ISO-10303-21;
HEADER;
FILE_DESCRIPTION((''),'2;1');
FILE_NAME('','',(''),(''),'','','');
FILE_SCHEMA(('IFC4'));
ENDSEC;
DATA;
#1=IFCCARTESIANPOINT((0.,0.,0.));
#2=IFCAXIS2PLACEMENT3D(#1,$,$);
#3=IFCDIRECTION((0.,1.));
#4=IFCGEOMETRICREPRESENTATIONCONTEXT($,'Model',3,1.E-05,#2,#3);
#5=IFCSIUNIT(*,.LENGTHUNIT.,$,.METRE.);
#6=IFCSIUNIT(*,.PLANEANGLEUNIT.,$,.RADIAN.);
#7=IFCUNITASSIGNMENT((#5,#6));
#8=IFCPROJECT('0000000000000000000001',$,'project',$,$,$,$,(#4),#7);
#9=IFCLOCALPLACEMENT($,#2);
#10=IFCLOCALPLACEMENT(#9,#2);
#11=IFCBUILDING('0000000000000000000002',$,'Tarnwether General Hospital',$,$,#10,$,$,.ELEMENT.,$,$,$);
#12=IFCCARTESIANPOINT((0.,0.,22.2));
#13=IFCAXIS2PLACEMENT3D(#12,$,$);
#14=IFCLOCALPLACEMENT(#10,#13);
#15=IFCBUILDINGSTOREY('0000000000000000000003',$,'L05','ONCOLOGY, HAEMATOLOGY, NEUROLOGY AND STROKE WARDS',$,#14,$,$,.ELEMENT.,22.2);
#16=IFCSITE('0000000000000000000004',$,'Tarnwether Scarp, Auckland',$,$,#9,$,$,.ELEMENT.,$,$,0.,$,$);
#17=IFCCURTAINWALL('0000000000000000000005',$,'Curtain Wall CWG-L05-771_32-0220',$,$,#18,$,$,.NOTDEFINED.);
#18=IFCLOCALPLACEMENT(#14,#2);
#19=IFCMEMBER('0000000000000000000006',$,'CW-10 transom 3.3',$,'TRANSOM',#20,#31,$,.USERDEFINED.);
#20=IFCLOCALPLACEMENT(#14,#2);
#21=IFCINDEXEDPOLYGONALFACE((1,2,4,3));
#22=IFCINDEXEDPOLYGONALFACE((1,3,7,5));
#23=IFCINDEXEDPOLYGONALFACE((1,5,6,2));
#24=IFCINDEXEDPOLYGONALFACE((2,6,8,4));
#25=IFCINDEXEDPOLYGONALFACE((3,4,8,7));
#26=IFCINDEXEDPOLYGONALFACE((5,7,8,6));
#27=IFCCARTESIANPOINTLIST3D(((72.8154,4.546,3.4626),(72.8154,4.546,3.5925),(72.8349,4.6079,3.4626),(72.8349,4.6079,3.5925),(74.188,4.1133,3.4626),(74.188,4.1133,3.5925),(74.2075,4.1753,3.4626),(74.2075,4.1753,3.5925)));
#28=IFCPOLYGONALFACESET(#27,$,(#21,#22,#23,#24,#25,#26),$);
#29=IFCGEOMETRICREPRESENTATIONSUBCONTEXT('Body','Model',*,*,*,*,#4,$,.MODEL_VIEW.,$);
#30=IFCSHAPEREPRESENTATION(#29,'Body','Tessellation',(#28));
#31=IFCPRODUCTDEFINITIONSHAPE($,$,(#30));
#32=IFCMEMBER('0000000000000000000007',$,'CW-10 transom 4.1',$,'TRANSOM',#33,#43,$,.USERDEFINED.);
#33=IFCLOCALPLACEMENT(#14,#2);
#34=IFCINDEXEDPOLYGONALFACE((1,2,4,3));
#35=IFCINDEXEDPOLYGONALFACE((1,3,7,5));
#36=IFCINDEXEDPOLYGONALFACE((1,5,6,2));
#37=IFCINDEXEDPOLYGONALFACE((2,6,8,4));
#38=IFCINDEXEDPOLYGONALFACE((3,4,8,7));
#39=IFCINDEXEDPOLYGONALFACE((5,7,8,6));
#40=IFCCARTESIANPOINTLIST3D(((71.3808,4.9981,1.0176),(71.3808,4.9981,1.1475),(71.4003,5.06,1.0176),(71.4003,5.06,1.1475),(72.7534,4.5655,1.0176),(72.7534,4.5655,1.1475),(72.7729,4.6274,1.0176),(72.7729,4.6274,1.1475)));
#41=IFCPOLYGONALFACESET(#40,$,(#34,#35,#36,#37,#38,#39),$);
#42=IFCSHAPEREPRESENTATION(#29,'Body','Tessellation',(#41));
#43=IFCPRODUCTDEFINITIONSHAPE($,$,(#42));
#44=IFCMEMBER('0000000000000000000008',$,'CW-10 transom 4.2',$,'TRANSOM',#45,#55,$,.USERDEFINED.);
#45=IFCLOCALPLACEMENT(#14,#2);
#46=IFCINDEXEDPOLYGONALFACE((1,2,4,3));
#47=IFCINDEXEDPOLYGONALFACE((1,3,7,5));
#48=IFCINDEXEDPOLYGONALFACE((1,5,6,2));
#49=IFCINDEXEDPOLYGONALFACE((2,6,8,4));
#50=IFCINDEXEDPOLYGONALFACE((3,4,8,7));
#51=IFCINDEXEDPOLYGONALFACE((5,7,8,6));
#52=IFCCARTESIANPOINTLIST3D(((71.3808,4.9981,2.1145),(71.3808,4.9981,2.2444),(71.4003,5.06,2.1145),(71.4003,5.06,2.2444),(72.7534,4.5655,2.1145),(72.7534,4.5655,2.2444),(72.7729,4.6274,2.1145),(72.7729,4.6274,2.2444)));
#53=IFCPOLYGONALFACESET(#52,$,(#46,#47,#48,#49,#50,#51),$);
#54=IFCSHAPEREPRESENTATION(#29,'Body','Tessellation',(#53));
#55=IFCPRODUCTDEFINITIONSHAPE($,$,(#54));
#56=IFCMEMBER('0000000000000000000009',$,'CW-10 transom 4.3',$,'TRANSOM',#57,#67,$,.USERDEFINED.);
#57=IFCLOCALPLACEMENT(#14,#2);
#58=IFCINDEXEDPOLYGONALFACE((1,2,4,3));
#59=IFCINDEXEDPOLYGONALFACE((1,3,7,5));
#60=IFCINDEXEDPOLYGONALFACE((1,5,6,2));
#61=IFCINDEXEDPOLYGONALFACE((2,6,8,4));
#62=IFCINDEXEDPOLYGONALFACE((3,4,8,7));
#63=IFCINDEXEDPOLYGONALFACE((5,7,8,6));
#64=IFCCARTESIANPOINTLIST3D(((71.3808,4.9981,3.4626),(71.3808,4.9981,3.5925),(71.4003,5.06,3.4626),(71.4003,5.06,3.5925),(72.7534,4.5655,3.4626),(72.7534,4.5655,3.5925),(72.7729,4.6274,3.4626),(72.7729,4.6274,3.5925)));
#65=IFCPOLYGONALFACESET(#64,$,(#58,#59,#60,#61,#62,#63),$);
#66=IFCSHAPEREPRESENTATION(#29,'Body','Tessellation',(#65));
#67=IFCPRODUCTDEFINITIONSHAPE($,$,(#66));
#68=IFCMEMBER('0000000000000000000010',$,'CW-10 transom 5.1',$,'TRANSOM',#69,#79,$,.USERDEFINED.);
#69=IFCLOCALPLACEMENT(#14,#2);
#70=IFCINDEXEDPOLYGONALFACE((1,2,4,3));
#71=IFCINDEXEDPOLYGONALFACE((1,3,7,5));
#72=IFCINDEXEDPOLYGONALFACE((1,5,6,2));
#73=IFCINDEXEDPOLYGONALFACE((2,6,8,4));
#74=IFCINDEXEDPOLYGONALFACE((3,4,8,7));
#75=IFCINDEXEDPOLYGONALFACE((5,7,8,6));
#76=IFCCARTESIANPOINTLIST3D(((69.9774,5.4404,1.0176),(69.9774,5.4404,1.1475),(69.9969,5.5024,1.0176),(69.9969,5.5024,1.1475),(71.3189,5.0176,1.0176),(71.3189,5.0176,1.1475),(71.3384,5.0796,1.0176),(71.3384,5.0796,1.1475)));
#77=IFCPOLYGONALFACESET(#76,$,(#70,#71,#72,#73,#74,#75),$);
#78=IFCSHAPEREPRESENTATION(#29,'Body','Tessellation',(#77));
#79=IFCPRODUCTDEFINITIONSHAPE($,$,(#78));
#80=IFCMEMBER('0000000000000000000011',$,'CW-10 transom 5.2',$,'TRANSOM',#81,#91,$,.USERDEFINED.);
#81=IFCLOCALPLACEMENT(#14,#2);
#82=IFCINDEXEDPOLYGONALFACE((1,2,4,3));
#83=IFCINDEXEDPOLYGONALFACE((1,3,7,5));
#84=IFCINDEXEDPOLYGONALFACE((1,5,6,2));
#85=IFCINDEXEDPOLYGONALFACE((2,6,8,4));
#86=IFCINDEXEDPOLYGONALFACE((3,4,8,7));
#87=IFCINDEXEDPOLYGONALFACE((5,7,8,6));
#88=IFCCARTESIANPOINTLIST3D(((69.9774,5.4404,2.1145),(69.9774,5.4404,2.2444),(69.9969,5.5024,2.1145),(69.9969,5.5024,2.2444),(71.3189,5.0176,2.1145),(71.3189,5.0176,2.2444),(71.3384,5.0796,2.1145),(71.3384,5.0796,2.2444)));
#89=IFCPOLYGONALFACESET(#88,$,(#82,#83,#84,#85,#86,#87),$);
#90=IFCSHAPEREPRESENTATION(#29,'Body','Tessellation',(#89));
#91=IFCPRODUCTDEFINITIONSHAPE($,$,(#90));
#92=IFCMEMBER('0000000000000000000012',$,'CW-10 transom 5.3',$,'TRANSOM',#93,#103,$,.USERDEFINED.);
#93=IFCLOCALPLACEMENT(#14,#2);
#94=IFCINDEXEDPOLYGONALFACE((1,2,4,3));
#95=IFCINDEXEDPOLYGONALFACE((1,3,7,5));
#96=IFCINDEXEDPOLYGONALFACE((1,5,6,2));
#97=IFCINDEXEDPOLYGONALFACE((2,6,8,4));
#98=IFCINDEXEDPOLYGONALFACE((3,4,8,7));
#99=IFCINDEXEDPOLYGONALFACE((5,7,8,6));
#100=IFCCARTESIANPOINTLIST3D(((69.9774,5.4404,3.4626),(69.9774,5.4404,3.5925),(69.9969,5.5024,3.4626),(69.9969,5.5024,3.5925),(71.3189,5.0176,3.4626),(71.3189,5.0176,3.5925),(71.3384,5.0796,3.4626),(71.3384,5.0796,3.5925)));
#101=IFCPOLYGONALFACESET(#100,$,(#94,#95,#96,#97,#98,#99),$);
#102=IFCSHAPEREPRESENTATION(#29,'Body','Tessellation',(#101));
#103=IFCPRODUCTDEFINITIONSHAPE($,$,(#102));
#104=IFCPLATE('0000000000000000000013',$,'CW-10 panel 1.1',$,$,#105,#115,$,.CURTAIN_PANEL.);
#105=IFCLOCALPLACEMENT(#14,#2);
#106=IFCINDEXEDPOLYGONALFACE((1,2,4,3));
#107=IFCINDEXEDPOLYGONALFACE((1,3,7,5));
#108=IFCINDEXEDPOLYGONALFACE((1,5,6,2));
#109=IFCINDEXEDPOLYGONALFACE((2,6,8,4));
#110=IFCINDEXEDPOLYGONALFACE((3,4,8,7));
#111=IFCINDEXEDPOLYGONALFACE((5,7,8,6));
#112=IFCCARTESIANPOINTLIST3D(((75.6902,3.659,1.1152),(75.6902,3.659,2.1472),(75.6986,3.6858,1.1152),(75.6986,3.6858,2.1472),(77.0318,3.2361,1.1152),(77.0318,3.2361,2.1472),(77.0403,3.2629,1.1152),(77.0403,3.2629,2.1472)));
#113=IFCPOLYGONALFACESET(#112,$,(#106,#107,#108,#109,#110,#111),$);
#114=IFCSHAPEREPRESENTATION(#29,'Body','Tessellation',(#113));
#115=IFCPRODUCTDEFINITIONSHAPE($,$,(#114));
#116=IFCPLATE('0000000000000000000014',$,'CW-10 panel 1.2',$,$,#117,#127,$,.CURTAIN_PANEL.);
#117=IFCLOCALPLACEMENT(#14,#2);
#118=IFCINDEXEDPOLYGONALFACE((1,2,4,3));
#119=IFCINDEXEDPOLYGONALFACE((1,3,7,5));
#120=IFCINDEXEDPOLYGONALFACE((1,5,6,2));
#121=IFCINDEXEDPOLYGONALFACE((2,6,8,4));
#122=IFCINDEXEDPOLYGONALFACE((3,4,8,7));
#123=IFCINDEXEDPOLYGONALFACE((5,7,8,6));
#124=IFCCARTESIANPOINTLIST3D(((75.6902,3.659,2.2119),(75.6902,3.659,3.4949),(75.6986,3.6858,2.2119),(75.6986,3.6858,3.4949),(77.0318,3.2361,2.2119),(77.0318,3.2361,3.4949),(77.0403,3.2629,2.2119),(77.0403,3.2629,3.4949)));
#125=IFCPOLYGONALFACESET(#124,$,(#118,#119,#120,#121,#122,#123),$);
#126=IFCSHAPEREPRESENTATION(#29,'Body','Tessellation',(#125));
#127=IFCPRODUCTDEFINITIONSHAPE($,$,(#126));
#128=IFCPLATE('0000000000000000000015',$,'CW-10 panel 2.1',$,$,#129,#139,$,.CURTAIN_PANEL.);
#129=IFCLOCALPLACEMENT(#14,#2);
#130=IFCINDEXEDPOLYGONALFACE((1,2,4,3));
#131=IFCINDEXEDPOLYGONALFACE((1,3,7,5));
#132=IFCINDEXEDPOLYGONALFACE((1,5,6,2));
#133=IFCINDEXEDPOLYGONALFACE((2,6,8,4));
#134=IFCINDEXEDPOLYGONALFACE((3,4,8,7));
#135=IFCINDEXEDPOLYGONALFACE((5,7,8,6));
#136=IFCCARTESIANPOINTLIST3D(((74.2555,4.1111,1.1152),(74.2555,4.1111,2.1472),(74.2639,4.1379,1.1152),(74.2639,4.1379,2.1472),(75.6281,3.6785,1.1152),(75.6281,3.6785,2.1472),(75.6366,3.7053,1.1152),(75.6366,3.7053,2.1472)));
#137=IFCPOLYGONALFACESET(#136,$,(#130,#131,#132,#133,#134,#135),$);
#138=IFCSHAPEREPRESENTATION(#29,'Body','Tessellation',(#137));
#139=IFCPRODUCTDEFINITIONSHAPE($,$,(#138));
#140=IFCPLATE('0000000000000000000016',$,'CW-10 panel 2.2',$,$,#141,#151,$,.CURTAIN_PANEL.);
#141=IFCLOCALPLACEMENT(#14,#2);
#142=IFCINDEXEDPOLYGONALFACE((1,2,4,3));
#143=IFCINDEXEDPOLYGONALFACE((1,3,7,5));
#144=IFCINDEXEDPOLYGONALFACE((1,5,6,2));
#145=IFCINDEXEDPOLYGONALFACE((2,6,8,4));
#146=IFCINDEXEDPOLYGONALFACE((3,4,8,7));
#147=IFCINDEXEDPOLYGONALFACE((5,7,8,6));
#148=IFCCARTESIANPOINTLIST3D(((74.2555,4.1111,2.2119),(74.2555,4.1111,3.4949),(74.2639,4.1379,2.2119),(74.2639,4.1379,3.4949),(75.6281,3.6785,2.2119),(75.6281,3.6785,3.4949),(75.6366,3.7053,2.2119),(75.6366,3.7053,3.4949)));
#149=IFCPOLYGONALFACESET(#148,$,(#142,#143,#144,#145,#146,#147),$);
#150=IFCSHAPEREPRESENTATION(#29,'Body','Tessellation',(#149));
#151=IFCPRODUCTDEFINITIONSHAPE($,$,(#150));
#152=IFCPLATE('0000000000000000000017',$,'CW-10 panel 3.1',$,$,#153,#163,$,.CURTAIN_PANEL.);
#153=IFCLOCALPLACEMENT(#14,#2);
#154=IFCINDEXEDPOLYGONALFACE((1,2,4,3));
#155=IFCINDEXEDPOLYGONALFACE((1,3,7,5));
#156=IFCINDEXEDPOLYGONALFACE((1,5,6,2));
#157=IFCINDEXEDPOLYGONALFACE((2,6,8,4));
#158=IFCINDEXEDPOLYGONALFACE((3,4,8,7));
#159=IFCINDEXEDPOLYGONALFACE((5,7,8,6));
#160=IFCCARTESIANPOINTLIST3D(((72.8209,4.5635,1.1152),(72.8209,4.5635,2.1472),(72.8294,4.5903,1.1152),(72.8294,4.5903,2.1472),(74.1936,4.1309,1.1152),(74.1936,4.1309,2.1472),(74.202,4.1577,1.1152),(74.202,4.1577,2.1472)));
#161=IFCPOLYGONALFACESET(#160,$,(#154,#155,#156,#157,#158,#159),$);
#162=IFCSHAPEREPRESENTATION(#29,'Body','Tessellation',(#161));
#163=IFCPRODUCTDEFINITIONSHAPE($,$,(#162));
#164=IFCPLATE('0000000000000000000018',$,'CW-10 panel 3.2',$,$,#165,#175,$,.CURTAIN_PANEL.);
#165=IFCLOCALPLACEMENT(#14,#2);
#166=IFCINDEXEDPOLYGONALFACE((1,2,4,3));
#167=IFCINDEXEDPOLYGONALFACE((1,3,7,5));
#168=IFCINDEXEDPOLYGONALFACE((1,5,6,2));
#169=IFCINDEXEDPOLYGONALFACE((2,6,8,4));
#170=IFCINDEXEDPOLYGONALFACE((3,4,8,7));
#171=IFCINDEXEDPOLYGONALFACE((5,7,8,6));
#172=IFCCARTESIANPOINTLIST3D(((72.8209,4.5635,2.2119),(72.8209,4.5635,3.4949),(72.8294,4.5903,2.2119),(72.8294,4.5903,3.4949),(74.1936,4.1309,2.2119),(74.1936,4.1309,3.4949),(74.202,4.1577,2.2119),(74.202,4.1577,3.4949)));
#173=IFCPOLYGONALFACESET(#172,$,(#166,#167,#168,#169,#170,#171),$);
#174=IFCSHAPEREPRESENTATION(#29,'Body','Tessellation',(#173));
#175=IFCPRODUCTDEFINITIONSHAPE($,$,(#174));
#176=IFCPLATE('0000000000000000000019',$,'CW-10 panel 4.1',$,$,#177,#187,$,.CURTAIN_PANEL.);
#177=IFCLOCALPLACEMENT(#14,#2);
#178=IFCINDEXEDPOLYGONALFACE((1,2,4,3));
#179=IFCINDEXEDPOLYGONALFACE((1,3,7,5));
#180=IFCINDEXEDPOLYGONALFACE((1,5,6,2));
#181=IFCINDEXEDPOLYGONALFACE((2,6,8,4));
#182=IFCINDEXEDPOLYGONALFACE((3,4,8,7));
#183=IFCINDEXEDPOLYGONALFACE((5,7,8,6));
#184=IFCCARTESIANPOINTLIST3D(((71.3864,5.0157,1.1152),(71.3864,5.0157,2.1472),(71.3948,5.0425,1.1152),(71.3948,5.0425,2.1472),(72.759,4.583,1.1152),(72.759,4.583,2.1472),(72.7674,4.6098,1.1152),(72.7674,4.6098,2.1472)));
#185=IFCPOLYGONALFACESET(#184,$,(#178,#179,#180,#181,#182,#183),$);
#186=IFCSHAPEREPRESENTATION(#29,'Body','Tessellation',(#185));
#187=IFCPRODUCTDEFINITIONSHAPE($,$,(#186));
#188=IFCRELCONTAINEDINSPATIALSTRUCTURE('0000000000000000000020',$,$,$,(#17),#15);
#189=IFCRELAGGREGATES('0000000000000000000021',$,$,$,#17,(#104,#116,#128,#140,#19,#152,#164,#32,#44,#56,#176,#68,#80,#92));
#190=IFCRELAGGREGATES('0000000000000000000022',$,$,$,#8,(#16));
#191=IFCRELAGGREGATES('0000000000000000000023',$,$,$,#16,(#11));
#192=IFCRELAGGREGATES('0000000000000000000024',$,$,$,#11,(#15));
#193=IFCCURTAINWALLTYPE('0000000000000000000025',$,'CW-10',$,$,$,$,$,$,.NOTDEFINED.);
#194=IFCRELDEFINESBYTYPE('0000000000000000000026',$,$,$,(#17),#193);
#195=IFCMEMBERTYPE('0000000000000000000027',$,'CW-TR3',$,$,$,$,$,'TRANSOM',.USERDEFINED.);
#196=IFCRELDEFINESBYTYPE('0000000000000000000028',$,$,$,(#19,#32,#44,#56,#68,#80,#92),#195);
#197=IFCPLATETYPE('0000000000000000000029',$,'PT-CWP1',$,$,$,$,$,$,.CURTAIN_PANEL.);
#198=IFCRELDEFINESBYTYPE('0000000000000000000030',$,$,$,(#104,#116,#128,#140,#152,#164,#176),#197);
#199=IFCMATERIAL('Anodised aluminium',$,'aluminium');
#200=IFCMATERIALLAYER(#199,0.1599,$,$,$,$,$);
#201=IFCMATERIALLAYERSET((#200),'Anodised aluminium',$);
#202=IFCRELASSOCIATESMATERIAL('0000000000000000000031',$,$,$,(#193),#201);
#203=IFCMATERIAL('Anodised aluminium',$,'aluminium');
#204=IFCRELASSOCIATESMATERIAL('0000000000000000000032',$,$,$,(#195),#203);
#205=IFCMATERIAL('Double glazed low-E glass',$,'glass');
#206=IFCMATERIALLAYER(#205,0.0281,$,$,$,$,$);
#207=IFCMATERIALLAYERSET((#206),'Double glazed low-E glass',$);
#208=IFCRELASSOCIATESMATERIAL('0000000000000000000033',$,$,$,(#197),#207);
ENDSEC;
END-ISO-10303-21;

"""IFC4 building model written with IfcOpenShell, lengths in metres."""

from ifc_helpers import new_model, si_unit, direction, frame, origin, origin_2d, place, context, subcontext, project, spatial, rectangle, extrude, material, layer, layer_set, material_profile, profile_set, type_object, element, aggregate, save


model = new_model("IFC4")

# Units and contexts
model_context = context("Model", 3, precision=1e-05, world=origin(), true_north=direction((0.0, 1.0)))
body_context = subcontext(model_context, "Body", "Model", "MODEL_VIEW")
ifc_project = project(units=[si_unit("LENGTHUNIT", "METRE"), si_unit("PLANEANGLEUNIT", "RADIAN")], contexts=[model_context])

# Site, building, storey
site_placement = place(None, origin())
site = spatial("IfcSite", under=ifc_project, at=site_placement, Name="Tarnwether Scarp, Auckland", CompositionType="ELEMENT", RefElevation=0.0)
building_placement = place(site_placement, origin())
building = spatial("IfcBuilding", under=site, at=building_placement, Name="Tarnwether General Hospital", CompositionType="ELEMENT")
storey_placement = place(building_placement, frame((0.0, 0.0, 22.2)))
storey = spatial("IfcBuildingStorey", under=building, at=storey_placement, Name="L05", Description="ONCOLOGY, HAEMATOLOGY, NEUROLOGY AND STROKE WARDS", CompositionType="ELEMENT", Elevation=22.2)

# Curtain wall
ifc_material_1 = material(Name="Anodised aluminium", Category="aluminium")
ifc_layer_1 = layer(ifc_material_1, 0.1599)
ifc_layer_set_1 = layer_set([ifc_layer_1], Name="Anodised aluminium")
curtain_wall_type = type_object("IfcCurtainWallType", Name="CW-10", PredefinedType="NOTDEFINED", material=ifc_layer_set_1)
curtain_wall_1_placement = place(storey_placement, origin())
curtain_wall_1 = element("IfcCurtainWall", 1, at=curtain_wall_1_placement, inside=storey, type_object=curtain_wall_type, Name="Curtain Wall CWG-L05-771_32-0220", PredefinedType="NOTDEFINED")

# Members
ifc_material_2 = material(Name="Anodised aluminium", Category="aluminium")
ifc_material_profile_1 = material_profile(ifc_material_2, rectangle(XDim=0.0649, YDim=0.1299, at=origin_2d()), Name="ALU-TRN-65x130")
ifc_profile_set_1 = profile_set([ifc_material_profile_1], Name="Anodised aluminium")
member_type_1 = type_object("IfcMemberType", Name="CW-TR3", ElementType="TRANSOM", PredefinedType="USERDEFINED", material=ifc_profile_set_1)
member_1_placement = place(storey_placement, frame((74.1978, 4.1443, 3.5276), z_axis=(-0.953747, 0.300612, 0.0), x_axis=(-0.300612, -0.953747, 0.0)))
member_1 = element("IfcMember", 2, at=member_1_placement, type_object=member_type_1, Name="CW-10 transom 3.3", ObjectType="TRANSOM", PredefinedType="USERDEFINED", context=body_context, shape_type="SweptSolid", body=[
    extrude(rectangle(XDim=0.0649, YDim=0.1299, at=origin_2d()), origin(), (0.0, 0.0, 1.0), 1.4392),
])
member_2_placement = place(storey_placement, frame((72.7632, 4.5964, 1.0825), z_axis=(-0.953747, 0.300612, 0.0), x_axis=(-0.300612, -0.953747, 0.0)))
member_2 = element("IfcMember", 3, at=member_2_placement, type_object=member_type_1, Name="CW-10 transom 4.1", ObjectType="TRANSOM", PredefinedType="USERDEFINED", context=body_context, shape_type="SweptSolid", body=[
    extrude(rectangle(XDim=0.0649, YDim=0.1299, at=origin_2d()), origin(), (0.0, 0.0, 1.0), 1.4392),
])
member_3_placement = place(storey_placement, frame((72.7632, 4.5964, 2.1794), z_axis=(-0.953747, 0.300612, 0.0), x_axis=(-0.300612, -0.953747, 0.0)))
member_3 = element("IfcMember", 4, at=member_3_placement, type_object=member_type_1, Name="CW-10 transom 4.2", ObjectType="TRANSOM", PredefinedType="USERDEFINED", context=body_context, shape_type="SweptSolid", body=[
    extrude(rectangle(XDim=0.0649, YDim=0.1299, at=origin_2d()), origin(), (0.0, 0.0, 1.0), 1.4392),
])
member_4_placement = place(storey_placement, frame((72.7632, 4.5964, 3.5276), z_axis=(-0.953747, 0.300612, 0.0), x_axis=(-0.300612, -0.953747, 0.0)))
member_4 = element("IfcMember", 5, at=member_4_placement, type_object=member_type_1, Name="CW-10 transom 4.3", ObjectType="TRANSOM", PredefinedType="USERDEFINED", context=body_context, shape_type="SweptSolid", body=[
    extrude(rectangle(XDim=0.0649, YDim=0.1299, at=origin_2d()), origin(), (0.0, 0.0, 1.0), 1.4392),
])
member_5_placement = place(storey_placement, frame((71.3286, 5.0486, 1.0825), z_axis=(-0.953745, 0.300616, 0.0), x_axis=(-0.300616, -0.953745, 0.0)))
member_5 = element("IfcMember", 6, at=member_5_placement, type_object=member_type_1, Name="CW-10 transom 5.1", ObjectType="TRANSOM", PredefinedType="USERDEFINED", context=body_context, shape_type="SweptSolid", body=[
    extrude(rectangle(XDim=0.0649, YDim=0.1299, at=origin_2d()), origin(), (0.0, 0.0, 1.0), 1.4065),
])
member_6_placement = place(storey_placement, frame((71.3286, 5.0486, 2.1794), z_axis=(-0.953745, 0.300616, 0.0), x_axis=(-0.300616, -0.953745, 0.0)))
member_6 = element("IfcMember", 7, at=member_6_placement, type_object=member_type_1, Name="CW-10 transom 5.2", ObjectType="TRANSOM", PredefinedType="USERDEFINED", context=body_context, shape_type="SweptSolid", body=[
    extrude(rectangle(XDim=0.0649, YDim=0.1299, at=origin_2d()), origin(), (0.0, 0.0, 1.0), 1.4065),
])
member_7_placement = place(storey_placement, frame((71.3286, 5.0486, 3.5276), z_axis=(-0.953745, 0.300616, 0.0), x_axis=(-0.300616, -0.953745, 0.0)))
member_7 = element("IfcMember", 8, at=member_7_placement, type_object=member_type_1, Name="CW-10 transom 5.3", ObjectType="TRANSOM", PredefinedType="USERDEFINED", context=body_context, shape_type="SweptSolid", body=[
    extrude(rectangle(XDim=0.0649, YDim=0.1299, at=origin_2d()), origin(), (0.0, 0.0, 1.0), 1.4065),
])

# Plates
ifc_material_3 = material(Name="Double glazed low-E glass", Category="glass")
ifc_layer_2 = layer(ifc_material_3, 0.0281)
ifc_layer_set_2 = layer_set([ifc_layer_2], Name="Double glazed low-E glass")
plate_type = type_object("IfcPlateType", Name="PT-CWP1", PredefinedType="CURTAIN_PANEL", material=ifc_layer_set_2)
plate_1_placement = place(storey_placement, frame((76.3652, 3.4609, 1.1152), z_axis=(0.0, 0.0, 1.0), x_axis=(-0.953741, 0.300629, 0.0)))
plate_1 = element("IfcPlate", 9, at=plate_1_placement, type_object=plate_type, Name="CW-10 panel 1.1", PredefinedType="CURTAIN_PANEL", context=body_context, shape_type="SweptSolid", body=[
    extrude(rectangle(XDim=1.4067, YDim=0.0281, at=origin_2d()), origin(), (0.0, 0.0, 1.0), 1.032),
])
plate_2_placement = place(storey_placement, frame((76.3652, 3.4609, 2.2119), z_axis=(0.0, 0.0, 1.0), x_axis=(-0.953741, 0.300629, 0.0)))
plate_2 = element("IfcPlate", 10, at=plate_2_placement, type_object=plate_type, Name="CW-10 panel 1.2", PredefinedType="CURTAIN_PANEL", context=body_context, shape_type="SweptSolid", body=[
    extrude(rectangle(XDim=1.4067, YDim=0.0281, at=origin_2d()), origin(), (0.0, 0.0, 1.0), 1.283),
])
plate_3_placement = place(storey_placement, frame((74.946, 3.9082, 1.1152), z_axis=(0.0, 0.0, 1.0), x_axis=(-0.953741, 0.300629, 0.0)))
plate_3 = element("IfcPlate", 11, at=plate_3_placement, type_object=plate_type, Name="CW-10 panel 2.1", PredefinedType="CURTAIN_PANEL", context=body_context, shape_type="SweptSolid", body=[
    extrude(rectangle(XDim=1.4392, YDim=0.0281, at=origin_2d()), origin(), (0.0, 0.0, 1.0), 1.032),
])
plate_4_placement = place(storey_placement, frame((74.946, 3.9082, 2.2119), z_axis=(0.0, 0.0, 1.0), x_axis=(-0.953741, 0.300629, 0.0)))
plate_4 = element("IfcPlate", 12, at=plate_4_placement, type_object=plate_type, Name="CW-10 panel 2.2", PredefinedType="CURTAIN_PANEL", context=body_context, shape_type="SweptSolid", body=[
    extrude(rectangle(XDim=1.4392, YDim=0.0281, at=origin_2d()), origin(), (0.0, 0.0, 1.0), 1.283),
])
plate_5_placement = place(storey_placement, frame((73.5115, 4.3606, 1.1152), z_axis=(0.0, 0.0, 1.0), x_axis=(-0.953741, 0.300629, 0.0)))
plate_5 = element("IfcPlate", 13, at=plate_5_placement, type_object=plate_type, Name="CW-10 panel 3.1", PredefinedType="CURTAIN_PANEL", context=body_context, shape_type="SweptSolid", body=[
    extrude(rectangle(XDim=1.4392, YDim=0.0281, at=origin_2d()), origin(), (0.0, 0.0, 1.0), 1.032),
])
plate_6_placement = place(storey_placement, frame((73.5115, 4.3606, 2.2119), z_axis=(0.0, 0.0, 1.0), x_axis=(-0.953741, 0.300629, 0.0)))
plate_6 = element("IfcPlate", 14, at=plate_6_placement, type_object=plate_type, Name="CW-10 panel 3.2", PredefinedType="CURTAIN_PANEL", context=body_context, shape_type="SweptSolid", body=[
    extrude(rectangle(XDim=1.4392, YDim=0.0281, at=origin_2d()), origin(), (0.0, 0.0, 1.0), 1.283),
])
plate_7_placement = place(storey_placement, frame((72.0769, 4.8127, 1.1152), z_axis=(0.0, 0.0, 1.0), x_axis=(-0.953741, 0.300629, 0.0)))
plate_7 = element("IfcPlate", 15, at=plate_7_placement, type_object=plate_type, Name="CW-10 panel 4.1", PredefinedType="CURTAIN_PANEL", context=body_context, shape_type="SweptSolid", body=[
    extrude(rectangle(XDim=1.4392, YDim=0.0281, at=origin_2d()), origin(), (0.0, 0.0, 1.0), 1.032),
])
aggregate(curtain_wall_1, [plate_1, plate_2, plate_3, plate_4, member_1, plate_5, plate_6, member_2, member_3, member_4, plate_7, member_5, member_6, member_7])

save(model, "model.ifc")
